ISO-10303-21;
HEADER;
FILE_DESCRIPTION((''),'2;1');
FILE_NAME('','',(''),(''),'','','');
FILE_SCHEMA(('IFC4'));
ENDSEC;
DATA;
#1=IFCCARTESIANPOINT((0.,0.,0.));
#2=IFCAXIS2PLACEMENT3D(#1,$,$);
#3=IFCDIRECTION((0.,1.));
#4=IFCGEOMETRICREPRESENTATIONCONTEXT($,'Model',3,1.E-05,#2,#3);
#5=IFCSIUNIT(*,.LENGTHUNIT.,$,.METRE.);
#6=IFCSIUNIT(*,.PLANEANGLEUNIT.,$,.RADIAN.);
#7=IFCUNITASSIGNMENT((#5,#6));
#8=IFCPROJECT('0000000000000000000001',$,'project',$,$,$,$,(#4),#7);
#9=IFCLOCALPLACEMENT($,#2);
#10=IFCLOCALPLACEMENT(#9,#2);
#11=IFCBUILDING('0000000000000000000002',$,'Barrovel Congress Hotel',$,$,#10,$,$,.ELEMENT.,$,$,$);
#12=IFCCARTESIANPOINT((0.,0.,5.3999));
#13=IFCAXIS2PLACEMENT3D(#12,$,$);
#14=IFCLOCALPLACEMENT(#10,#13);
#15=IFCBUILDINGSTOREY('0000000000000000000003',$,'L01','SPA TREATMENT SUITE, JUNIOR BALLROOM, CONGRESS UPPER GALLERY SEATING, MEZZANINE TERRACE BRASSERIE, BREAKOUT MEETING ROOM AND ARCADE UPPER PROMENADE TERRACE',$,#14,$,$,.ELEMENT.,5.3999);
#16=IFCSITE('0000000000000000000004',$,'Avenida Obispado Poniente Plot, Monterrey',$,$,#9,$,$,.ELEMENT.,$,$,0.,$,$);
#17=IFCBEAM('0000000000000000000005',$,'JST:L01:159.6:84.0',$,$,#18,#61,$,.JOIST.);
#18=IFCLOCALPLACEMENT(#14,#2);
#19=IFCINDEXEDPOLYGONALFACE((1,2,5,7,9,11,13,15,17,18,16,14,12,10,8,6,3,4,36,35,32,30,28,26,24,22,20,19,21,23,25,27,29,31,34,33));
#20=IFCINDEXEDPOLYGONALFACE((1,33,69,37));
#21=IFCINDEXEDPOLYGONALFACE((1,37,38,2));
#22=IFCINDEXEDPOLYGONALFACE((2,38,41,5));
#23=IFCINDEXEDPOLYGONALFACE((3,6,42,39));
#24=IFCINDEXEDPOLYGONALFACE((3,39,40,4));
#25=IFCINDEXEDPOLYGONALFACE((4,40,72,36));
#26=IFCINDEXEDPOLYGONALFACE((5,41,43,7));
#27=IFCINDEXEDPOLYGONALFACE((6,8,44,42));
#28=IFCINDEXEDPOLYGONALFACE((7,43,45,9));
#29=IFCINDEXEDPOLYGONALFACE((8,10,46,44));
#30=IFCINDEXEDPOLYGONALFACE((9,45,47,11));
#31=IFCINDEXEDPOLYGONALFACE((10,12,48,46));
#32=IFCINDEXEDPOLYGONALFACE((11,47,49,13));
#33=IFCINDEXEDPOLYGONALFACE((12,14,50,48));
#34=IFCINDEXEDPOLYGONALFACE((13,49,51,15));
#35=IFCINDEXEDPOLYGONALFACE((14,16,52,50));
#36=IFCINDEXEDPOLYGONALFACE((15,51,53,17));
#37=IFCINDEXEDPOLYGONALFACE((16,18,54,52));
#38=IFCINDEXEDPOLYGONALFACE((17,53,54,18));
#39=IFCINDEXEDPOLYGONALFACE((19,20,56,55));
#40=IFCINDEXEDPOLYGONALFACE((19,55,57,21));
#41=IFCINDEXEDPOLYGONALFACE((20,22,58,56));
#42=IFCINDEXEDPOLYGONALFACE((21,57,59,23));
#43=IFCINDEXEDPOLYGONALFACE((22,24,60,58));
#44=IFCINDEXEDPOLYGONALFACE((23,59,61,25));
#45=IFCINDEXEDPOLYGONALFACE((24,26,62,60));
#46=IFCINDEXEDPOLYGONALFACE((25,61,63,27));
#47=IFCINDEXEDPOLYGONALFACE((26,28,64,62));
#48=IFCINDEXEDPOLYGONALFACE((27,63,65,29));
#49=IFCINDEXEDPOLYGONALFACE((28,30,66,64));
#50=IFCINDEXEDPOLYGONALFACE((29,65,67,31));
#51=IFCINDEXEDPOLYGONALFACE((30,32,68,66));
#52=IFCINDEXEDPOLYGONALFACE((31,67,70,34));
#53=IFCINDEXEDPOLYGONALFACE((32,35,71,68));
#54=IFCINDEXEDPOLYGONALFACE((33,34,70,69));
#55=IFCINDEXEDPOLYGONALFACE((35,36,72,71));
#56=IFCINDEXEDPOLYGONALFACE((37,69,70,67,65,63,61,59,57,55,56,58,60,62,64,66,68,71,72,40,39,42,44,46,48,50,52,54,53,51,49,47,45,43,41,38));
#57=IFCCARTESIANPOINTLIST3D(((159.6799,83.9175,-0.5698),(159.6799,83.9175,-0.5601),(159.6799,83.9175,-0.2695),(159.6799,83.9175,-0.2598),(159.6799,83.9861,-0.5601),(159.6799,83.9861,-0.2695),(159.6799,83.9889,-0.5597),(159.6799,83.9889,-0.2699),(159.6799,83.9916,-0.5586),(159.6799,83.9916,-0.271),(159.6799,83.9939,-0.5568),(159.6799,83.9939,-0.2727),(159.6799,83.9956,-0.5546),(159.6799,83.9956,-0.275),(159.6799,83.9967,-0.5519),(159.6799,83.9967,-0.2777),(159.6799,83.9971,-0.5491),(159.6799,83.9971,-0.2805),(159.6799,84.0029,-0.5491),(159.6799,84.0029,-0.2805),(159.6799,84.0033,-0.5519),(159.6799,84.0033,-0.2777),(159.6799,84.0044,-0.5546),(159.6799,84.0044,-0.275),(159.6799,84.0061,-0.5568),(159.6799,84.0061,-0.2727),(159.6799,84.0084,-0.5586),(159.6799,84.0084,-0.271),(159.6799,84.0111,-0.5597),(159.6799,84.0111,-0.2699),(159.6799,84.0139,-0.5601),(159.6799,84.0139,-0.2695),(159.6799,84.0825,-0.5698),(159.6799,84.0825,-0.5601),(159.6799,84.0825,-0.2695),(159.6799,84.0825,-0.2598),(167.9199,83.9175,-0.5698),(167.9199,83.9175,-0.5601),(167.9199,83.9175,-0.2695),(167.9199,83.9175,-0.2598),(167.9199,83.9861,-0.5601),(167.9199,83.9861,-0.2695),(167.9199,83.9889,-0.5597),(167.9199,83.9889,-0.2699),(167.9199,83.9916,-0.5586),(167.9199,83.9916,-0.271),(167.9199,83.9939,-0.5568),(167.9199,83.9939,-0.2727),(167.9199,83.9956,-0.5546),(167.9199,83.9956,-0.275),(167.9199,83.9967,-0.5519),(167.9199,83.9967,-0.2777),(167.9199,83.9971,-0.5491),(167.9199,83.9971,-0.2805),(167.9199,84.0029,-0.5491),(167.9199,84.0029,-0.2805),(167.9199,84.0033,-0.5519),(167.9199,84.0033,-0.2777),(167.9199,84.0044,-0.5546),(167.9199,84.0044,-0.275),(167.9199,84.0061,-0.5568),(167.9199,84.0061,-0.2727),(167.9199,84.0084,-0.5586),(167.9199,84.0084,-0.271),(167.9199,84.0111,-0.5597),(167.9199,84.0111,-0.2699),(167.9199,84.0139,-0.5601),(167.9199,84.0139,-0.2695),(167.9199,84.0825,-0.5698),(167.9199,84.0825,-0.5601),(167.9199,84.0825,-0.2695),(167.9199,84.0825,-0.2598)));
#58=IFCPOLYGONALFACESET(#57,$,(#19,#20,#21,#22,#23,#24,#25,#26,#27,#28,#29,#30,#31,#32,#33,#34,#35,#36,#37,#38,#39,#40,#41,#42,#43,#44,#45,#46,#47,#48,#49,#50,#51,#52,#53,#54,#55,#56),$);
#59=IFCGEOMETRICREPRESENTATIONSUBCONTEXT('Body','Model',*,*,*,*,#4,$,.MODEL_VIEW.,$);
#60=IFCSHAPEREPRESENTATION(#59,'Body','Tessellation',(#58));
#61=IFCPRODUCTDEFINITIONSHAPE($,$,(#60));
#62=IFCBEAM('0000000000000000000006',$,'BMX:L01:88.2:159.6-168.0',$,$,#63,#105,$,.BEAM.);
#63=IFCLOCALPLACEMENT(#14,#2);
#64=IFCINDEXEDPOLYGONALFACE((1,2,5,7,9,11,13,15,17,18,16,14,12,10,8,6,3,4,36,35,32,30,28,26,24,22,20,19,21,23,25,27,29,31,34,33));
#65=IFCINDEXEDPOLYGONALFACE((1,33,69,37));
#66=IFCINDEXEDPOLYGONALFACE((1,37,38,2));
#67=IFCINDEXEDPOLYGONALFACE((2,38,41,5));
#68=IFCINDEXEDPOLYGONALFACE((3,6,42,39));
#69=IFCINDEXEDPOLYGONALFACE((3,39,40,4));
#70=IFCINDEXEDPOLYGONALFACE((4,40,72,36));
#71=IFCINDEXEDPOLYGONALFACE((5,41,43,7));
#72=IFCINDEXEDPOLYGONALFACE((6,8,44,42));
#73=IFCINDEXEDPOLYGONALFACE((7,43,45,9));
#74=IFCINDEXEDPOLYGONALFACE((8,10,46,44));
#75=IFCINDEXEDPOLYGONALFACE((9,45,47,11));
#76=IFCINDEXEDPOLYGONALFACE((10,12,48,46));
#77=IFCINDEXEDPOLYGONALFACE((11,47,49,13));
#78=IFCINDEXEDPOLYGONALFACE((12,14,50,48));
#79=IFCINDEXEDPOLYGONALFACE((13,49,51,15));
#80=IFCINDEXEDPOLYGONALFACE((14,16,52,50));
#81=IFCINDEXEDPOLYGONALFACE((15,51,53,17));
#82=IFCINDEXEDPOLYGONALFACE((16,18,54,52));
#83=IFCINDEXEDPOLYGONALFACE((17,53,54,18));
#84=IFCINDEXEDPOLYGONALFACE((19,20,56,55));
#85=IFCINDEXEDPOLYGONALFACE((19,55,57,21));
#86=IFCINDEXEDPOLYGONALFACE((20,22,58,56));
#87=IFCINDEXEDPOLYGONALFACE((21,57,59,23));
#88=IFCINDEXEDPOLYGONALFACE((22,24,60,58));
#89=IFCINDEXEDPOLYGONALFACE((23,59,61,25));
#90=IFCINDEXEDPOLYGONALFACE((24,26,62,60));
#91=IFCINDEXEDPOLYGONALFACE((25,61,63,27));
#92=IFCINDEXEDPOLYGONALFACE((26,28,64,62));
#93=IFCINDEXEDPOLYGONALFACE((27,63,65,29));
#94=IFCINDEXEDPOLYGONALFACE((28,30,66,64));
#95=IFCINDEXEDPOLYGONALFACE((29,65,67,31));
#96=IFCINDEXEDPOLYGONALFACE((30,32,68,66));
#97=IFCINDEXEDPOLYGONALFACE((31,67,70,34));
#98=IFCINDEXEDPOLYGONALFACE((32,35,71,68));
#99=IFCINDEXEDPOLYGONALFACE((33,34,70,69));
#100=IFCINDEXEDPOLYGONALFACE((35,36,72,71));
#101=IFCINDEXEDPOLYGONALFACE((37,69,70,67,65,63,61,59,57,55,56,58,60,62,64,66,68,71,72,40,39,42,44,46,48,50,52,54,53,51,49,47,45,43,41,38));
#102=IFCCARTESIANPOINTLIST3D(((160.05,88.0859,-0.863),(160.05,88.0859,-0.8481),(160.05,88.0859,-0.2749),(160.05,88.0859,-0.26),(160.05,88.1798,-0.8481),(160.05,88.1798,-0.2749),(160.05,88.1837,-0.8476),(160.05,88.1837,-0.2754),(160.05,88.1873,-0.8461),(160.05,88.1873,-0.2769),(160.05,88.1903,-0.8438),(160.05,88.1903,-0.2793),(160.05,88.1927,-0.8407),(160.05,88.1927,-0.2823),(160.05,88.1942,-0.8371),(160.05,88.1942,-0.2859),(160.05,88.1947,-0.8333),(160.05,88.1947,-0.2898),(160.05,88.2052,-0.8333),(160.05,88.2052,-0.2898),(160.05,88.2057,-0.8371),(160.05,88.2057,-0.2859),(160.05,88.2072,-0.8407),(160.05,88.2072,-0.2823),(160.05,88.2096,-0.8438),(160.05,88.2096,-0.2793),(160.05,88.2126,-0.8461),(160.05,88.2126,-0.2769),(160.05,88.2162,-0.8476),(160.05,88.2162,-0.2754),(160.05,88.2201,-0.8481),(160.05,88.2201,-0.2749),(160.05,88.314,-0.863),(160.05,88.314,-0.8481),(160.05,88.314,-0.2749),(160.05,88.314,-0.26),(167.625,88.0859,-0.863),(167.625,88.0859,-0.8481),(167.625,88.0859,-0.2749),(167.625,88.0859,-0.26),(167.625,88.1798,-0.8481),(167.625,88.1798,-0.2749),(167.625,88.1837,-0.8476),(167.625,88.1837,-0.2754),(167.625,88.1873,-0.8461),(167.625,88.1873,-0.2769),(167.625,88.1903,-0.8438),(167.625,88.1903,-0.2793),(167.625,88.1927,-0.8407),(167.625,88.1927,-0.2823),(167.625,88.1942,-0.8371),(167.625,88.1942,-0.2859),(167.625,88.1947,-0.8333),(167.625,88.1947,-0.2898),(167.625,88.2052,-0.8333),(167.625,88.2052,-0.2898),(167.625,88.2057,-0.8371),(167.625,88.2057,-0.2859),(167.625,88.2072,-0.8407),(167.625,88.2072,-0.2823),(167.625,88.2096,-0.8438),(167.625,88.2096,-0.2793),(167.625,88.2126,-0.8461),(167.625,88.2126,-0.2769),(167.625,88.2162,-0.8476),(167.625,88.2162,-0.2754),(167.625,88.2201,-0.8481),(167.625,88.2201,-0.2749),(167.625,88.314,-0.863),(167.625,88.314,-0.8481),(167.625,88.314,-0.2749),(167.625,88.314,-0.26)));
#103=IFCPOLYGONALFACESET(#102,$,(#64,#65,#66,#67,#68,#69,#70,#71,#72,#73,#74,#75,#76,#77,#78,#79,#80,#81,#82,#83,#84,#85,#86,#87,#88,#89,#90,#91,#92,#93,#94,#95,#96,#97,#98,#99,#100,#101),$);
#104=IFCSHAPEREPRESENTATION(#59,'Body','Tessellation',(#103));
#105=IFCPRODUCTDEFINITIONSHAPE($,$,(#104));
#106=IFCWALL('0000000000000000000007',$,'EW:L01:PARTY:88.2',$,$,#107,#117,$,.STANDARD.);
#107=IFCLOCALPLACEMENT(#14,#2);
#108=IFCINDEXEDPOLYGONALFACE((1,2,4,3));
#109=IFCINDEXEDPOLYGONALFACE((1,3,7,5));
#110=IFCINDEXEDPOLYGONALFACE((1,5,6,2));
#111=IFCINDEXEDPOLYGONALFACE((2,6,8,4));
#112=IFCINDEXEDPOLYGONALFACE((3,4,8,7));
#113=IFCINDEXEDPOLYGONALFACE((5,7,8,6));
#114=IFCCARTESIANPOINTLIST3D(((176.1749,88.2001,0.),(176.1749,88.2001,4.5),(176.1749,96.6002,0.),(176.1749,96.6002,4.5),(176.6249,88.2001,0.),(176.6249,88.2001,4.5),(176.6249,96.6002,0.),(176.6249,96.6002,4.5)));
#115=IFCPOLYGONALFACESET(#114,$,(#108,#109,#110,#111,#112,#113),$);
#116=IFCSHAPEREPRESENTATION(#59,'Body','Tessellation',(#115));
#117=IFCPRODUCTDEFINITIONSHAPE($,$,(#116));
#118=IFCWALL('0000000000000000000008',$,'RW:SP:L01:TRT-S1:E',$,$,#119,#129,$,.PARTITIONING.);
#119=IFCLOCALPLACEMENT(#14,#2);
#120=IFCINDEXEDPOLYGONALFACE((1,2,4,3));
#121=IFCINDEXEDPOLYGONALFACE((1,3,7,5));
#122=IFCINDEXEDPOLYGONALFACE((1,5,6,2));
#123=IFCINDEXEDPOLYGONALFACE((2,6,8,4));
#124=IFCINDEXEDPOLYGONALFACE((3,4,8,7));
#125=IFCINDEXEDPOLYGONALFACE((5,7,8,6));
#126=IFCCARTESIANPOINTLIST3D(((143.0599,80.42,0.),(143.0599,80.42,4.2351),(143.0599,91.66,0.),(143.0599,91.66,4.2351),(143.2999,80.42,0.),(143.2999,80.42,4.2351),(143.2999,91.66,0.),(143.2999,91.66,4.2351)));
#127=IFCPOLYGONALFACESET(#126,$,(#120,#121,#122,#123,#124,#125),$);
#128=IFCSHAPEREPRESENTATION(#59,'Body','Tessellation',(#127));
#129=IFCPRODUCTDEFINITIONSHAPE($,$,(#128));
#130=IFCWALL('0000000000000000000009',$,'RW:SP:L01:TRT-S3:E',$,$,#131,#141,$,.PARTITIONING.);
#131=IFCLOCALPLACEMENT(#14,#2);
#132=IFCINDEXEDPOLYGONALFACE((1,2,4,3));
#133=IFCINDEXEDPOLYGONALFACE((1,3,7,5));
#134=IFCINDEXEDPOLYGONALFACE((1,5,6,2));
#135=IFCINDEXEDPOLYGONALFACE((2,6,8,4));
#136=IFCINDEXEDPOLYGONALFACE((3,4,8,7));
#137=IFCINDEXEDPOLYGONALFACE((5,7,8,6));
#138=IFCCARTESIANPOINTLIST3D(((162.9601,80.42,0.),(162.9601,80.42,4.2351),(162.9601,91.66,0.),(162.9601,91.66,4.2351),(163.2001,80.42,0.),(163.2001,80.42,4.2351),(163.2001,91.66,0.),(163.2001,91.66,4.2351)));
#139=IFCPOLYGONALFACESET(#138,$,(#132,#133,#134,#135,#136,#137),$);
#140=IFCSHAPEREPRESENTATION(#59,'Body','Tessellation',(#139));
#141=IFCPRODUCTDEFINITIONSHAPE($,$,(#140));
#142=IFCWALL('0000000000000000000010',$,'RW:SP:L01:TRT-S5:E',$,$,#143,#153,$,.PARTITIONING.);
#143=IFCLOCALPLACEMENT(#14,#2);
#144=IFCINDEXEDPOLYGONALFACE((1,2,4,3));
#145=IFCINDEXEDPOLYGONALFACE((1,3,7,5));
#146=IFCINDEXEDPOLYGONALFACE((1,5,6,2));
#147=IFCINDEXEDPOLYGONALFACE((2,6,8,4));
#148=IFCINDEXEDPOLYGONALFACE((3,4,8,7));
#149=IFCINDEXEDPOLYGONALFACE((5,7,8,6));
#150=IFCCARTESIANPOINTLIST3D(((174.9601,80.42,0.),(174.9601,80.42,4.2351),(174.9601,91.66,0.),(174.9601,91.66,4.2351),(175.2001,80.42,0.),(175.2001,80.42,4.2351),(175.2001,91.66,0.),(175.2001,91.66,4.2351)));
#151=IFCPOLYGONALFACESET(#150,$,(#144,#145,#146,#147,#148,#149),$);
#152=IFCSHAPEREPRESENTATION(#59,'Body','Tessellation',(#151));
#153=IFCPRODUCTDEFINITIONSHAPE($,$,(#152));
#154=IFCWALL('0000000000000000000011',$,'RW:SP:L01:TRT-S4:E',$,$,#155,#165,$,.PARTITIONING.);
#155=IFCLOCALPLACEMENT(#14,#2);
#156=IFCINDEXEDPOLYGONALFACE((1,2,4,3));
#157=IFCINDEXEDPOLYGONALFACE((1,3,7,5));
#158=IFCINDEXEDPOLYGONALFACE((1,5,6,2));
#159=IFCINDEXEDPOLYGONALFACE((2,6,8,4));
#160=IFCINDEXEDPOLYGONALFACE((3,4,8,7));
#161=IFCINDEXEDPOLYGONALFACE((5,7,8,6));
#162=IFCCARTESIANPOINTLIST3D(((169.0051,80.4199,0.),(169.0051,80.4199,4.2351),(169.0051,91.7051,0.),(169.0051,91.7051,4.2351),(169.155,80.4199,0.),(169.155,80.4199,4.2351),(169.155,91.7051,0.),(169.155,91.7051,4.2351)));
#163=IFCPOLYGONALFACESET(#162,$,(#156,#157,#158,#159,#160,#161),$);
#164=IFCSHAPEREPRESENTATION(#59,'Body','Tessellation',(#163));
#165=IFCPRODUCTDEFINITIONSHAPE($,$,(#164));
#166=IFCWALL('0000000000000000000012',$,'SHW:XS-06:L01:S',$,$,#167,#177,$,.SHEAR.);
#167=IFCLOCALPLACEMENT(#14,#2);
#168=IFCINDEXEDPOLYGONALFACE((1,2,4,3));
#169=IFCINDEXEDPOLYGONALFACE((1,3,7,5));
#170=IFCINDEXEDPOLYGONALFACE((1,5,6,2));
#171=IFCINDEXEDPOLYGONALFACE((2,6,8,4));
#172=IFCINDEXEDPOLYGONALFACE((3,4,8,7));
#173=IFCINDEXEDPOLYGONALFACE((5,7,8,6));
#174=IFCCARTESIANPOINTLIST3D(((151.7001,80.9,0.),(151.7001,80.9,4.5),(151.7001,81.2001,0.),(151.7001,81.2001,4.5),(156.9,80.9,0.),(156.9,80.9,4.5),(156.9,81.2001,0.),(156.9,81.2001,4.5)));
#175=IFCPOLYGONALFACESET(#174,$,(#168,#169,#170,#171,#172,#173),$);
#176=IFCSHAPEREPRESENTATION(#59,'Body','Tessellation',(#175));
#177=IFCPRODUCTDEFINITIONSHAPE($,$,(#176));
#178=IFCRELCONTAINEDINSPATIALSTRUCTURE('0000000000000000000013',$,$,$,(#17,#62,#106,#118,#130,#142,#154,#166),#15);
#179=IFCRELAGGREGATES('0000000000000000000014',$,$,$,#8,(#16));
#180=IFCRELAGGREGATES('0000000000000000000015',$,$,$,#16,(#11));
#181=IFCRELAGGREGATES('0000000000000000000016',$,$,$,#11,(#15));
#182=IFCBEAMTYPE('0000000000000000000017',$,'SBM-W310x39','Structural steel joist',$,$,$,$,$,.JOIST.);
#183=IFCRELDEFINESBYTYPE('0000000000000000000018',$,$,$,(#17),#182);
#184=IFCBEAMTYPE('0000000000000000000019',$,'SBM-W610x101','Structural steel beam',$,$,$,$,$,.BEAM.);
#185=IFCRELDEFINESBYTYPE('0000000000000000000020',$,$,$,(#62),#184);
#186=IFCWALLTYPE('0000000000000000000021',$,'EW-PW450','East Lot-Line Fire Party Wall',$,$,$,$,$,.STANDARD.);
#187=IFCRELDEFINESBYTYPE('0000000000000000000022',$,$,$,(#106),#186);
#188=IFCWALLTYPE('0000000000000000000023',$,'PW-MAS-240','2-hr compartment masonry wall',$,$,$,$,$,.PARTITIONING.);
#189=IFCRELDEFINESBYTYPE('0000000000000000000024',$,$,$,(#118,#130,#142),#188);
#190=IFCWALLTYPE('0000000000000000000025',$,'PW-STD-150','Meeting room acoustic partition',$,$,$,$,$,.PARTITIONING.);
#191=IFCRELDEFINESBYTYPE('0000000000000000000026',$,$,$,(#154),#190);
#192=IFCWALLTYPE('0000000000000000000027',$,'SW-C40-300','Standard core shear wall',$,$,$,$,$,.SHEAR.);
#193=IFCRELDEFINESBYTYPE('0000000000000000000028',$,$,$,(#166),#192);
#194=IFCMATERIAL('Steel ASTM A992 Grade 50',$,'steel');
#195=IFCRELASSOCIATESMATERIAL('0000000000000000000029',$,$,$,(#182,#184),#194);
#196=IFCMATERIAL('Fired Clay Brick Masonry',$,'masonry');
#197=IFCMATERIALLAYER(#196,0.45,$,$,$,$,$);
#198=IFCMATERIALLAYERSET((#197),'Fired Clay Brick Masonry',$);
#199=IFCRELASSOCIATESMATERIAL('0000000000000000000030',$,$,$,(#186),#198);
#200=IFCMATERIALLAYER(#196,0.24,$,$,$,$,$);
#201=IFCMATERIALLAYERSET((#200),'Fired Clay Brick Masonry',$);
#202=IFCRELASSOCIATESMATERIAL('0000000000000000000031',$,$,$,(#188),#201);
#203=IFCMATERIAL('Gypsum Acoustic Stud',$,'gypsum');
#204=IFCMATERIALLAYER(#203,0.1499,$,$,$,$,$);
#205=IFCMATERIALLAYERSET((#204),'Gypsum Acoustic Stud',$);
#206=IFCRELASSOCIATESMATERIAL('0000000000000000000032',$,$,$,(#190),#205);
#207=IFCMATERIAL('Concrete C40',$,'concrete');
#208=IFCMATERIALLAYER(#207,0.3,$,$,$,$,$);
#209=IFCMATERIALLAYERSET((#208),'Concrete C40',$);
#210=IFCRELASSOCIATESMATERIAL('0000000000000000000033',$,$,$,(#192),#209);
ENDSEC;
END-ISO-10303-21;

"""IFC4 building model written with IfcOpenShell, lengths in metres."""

from ifc_helpers import new_model, si_unit, direction, frame, frame_2d, origin, origin_2d, place, context, subcontext, project, spatial, rectangle, i_section, extrude, material, layer, layer_set, material_profile, profile_set, type_object, element, save


model = new_model("IFC4")

# Units and contexts
model_context = context("Model", 3, precision=1e-05, world=origin(), true_north=direction((0.0, 1.0)))
body_context = subcontext(model_context, "Body", "Model", "MODEL_VIEW")
ifc_project = project(units=[si_unit("LENGTHUNIT", "METRE"), si_unit("PLANEANGLEUNIT", "RADIAN")], contexts=[model_context])

# Site, building, storey
site_placement = place(None, origin())
site = spatial("IfcSite", under=ifc_project, at=site_placement, Name="Avenida Obispado Poniente Plot, Monterrey", CompositionType="ELEMENT", RefElevation=0.0)
building_placement = place(site_placement, origin())
building = spatial("IfcBuilding", under=site, at=building_placement, Name="Barrovel Congress Hotel", CompositionType="ELEMENT")
storey_placement = place(building_placement, frame((0.0, 0.0, 5.3999)))
storey = spatial("IfcBuildingStorey", under=building, at=storey_placement, Name="L01", Description="SPA TREATMENT SUITE, JUNIOR BALLROOM, CONGRESS UPPER GALLERY SEATING, MEZZANINE TERRACE BRASSERIE, BREAKOUT MEETING ROOM AND ARCADE UPPER PROMENADE TERRACE", CompositionType="ELEMENT", Elevation=5.3999)

# Shared definitions
ifc_material_1 = material(Name="Concrete C40", Category="concrete")

# Beams
ifc_material_2 = material(Name="Steel ASTM A992 Grade 50", Category="steel")
ifc_material_profile_1 = material_profile(ifc_material_2, i_section(OverallWidth=0.165, OverallDepth=0.3101, WebThickness=0.0059, FlangeThickness=0.0098, FilletRadius=0.011, at=origin_2d()), Name="W310x39")
ifc_profile_set_1 = profile_set([ifc_material_profile_1], Name="Steel ASTM A992 Grade 50")
beam_type_1 = type_object("IfcBeamType", Name="SBM-W310x39", Description="Structural steel joist", PredefinedType="JOIST", material=ifc_profile_set_1)
beam_1_placement = place(storey_placement, frame((159.6799, 84.0, -0.4148), z_axis=(1.0, 0.0, 0.0), x_axis=(0.0, 1.0, 0.0)))
element("IfcBeam", 1, at=beam_1_placement, inside=storey, type_object=beam_type_1, Name="JST:L01:159.6:84.0", PredefinedType="JOIST", context=body_context, shape_type="SweptSolid", body=[
    extrude(i_section(OverallWidth=0.165, OverallDepth=0.3101, WebThickness=0.0059, FlangeThickness=0.0098, FilletRadius=0.011, at=origin_2d()), origin(), (0.0, 0.0, 1.0), 8.24),
])
ifc_material_profile_2 = material_profile(ifc_material_2, i_section(OverallWidth=0.228, OverallDepth=0.603, WebThickness=0.0105, FlangeThickness=0.0149, FilletRadius=0.0149, at=origin_2d()), Name="W610x101")
ifc_profile_set_2 = profile_set([ifc_material_profile_2], Name="Steel ASTM A992 Grade 50")
beam_type_2 = type_object("IfcBeamType", Name="SBM-W610x101", Description="Structural steel beam", PredefinedType="BEAM", material=ifc_profile_set_2)
beam_2_placement = place(storey_placement, frame((160.05, 88.2, -0.5615), z_axis=(1.0, 0.0, 0.0), x_axis=(0.0, 1.0, 0.0)))
element("IfcBeam", 2, at=beam_2_placement, inside=storey, type_object=beam_type_2, Name="BMX:L01:88.2:159.6-168.0", PredefinedType="BEAM", context=body_context, shape_type="SweptSolid", body=[
    extrude(i_section(OverallWidth=0.228, OverallDepth=0.603, WebThickness=0.0105, FlangeThickness=0.0149, FilletRadius=0.0149, at=origin_2d()), origin(), (0.0, 0.0, 1.0), 7.575),
])

# Walls
ifc_material_3 = material(Name="Fired Clay Brick Masonry", Category="masonry")
ifc_layer_1 = layer(ifc_material_3, 0.45)
ifc_layer_set_1 = layer_set([ifc_layer_1], Name="Fired Clay Brick Masonry")
wall_type_1 = type_object("IfcWallType", Name="EW-PW450", Description="East Lot-Line Fire Party Wall", PredefinedType="STANDARD", material=ifc_layer_set_1)
wall_1_placement = place(storey_placement, frame((176.3999, 88.2, 0.0), z_axis=(0.0, 0.0, 1.0), x_axis=(0.0, 1.0, 0.0)))
element("IfcWall", 3, at=wall_1_placement, inside=storey, type_object=wall_type_1, Name="EW:L01:PARTY:88.2", PredefinedType="STANDARD", context=body_context, shape_type="SweptSolid", body=[
    extrude(rectangle(XDim=8.4001, YDim=0.45, at=frame_2d((4.2002, 0.0))), origin(), (0.0, 0.0, 1.0), 4.5),
])
ifc_layer_2 = layer(ifc_material_3, 0.24)
ifc_layer_set_2 = layer_set([ifc_layer_2], Name="Fired Clay Brick Masonry")
wall_type_2 = type_object("IfcWallType", Name="PW-MAS-240", Description="2-hr compartment masonry wall", PredefinedType="PARTITIONING", material=ifc_layer_set_2)
for number, where, z_axis, x_axis, name in (
    (4, (143.1799, 80.4199, 0.0), (0.0, 0.0, 1.0), (0.0, 1.0, 0.0), "RW:SP:L01:TRT-S1:E"),
    (5, (163.0801, 80.4199, 0.0), (0.0, 0.0, 1.0), (0.0, 1.0, 0.0), "RW:SP:L01:TRT-S3:E"),
    (6, (175.0801, 80.4199, 0.0), (0.0, 0.0, 1.0), (0.0, 1.0, 0.0), "RW:SP:L01:TRT-S5:E"),
):
    element("IfcWall", number, at=place(storey_placement, frame(where, z_axis=z_axis, x_axis=x_axis)), inside=storey, type_object=wall_type_2, Name=name, PredefinedType="PARTITIONING", context=body_context, shape_type="SweptSolid", body=[
        extrude(rectangle(XDim=11.24, YDim=0.24, at=frame_2d((5.6201, 0.0))), origin(), (0.0, 0.0, 1.0), 4.2351),
    ])
ifc_material_4 = material(Name="Gypsum Acoustic Stud", Category="gypsum")
ifc_layer_3 = layer(ifc_material_4, 0.1499)
ifc_layer_set_3 = layer_set([ifc_layer_3], Name="Gypsum Acoustic Stud")
wall_type_3 = type_object("IfcWallType", Name="PW-STD-150", Description="Meeting room acoustic partition", PredefinedType="PARTITIONING", material=ifc_layer_set_3)
wall_2_placement = place(storey_placement, frame((169.0801, 80.4199, 0.0), z_axis=(0.0, 0.0, 1.0), x_axis=(0.0, 1.0, 0.0)))
element("IfcWall", 7, at=wall_2_placement, inside=storey, type_object=wall_type_3, Name="RW:SP:L01:TRT-S4:E", PredefinedType="PARTITIONING", context=body_context, shape_type="SweptSolid", body=[
    extrude(rectangle(XDim=11.2852, YDim=0.1499, at=frame_2d((5.6426, 0.0))), origin(), (0.0, 0.0, 1.0), 4.2351),
])
ifc_layer_4 = layer(ifc_material_1, 0.3)
ifc_layer_set_4 = layer_set([ifc_layer_4], Name="Concrete C40")
wall_type_4 = type_object("IfcWallType", Name="SW-C40-300", Description="Standard core shear wall", PredefinedType="SHEAR", material=ifc_layer_set_4)
wall_3_placement = place(storey_placement, frame((151.7, 81.05, 0.0), z_axis=(0.0, 0.0, 1.0), x_axis=(1.0, 0.0, 0.0)))
element("IfcWall", 8, at=wall_3_placement, inside=storey, type_object=wall_type_4, Name="SHW:XS-06:L01:S", PredefinedType="SHEAR", context=body_context, shape_type="SweptSolid", body=[
    extrude(rectangle(XDim=5.2, YDim=0.3, at=frame_2d((2.6001, 0.0))), origin(), (0.0, 0.0, 1.0), 4.5),
])

save(model, "model.ifc")
